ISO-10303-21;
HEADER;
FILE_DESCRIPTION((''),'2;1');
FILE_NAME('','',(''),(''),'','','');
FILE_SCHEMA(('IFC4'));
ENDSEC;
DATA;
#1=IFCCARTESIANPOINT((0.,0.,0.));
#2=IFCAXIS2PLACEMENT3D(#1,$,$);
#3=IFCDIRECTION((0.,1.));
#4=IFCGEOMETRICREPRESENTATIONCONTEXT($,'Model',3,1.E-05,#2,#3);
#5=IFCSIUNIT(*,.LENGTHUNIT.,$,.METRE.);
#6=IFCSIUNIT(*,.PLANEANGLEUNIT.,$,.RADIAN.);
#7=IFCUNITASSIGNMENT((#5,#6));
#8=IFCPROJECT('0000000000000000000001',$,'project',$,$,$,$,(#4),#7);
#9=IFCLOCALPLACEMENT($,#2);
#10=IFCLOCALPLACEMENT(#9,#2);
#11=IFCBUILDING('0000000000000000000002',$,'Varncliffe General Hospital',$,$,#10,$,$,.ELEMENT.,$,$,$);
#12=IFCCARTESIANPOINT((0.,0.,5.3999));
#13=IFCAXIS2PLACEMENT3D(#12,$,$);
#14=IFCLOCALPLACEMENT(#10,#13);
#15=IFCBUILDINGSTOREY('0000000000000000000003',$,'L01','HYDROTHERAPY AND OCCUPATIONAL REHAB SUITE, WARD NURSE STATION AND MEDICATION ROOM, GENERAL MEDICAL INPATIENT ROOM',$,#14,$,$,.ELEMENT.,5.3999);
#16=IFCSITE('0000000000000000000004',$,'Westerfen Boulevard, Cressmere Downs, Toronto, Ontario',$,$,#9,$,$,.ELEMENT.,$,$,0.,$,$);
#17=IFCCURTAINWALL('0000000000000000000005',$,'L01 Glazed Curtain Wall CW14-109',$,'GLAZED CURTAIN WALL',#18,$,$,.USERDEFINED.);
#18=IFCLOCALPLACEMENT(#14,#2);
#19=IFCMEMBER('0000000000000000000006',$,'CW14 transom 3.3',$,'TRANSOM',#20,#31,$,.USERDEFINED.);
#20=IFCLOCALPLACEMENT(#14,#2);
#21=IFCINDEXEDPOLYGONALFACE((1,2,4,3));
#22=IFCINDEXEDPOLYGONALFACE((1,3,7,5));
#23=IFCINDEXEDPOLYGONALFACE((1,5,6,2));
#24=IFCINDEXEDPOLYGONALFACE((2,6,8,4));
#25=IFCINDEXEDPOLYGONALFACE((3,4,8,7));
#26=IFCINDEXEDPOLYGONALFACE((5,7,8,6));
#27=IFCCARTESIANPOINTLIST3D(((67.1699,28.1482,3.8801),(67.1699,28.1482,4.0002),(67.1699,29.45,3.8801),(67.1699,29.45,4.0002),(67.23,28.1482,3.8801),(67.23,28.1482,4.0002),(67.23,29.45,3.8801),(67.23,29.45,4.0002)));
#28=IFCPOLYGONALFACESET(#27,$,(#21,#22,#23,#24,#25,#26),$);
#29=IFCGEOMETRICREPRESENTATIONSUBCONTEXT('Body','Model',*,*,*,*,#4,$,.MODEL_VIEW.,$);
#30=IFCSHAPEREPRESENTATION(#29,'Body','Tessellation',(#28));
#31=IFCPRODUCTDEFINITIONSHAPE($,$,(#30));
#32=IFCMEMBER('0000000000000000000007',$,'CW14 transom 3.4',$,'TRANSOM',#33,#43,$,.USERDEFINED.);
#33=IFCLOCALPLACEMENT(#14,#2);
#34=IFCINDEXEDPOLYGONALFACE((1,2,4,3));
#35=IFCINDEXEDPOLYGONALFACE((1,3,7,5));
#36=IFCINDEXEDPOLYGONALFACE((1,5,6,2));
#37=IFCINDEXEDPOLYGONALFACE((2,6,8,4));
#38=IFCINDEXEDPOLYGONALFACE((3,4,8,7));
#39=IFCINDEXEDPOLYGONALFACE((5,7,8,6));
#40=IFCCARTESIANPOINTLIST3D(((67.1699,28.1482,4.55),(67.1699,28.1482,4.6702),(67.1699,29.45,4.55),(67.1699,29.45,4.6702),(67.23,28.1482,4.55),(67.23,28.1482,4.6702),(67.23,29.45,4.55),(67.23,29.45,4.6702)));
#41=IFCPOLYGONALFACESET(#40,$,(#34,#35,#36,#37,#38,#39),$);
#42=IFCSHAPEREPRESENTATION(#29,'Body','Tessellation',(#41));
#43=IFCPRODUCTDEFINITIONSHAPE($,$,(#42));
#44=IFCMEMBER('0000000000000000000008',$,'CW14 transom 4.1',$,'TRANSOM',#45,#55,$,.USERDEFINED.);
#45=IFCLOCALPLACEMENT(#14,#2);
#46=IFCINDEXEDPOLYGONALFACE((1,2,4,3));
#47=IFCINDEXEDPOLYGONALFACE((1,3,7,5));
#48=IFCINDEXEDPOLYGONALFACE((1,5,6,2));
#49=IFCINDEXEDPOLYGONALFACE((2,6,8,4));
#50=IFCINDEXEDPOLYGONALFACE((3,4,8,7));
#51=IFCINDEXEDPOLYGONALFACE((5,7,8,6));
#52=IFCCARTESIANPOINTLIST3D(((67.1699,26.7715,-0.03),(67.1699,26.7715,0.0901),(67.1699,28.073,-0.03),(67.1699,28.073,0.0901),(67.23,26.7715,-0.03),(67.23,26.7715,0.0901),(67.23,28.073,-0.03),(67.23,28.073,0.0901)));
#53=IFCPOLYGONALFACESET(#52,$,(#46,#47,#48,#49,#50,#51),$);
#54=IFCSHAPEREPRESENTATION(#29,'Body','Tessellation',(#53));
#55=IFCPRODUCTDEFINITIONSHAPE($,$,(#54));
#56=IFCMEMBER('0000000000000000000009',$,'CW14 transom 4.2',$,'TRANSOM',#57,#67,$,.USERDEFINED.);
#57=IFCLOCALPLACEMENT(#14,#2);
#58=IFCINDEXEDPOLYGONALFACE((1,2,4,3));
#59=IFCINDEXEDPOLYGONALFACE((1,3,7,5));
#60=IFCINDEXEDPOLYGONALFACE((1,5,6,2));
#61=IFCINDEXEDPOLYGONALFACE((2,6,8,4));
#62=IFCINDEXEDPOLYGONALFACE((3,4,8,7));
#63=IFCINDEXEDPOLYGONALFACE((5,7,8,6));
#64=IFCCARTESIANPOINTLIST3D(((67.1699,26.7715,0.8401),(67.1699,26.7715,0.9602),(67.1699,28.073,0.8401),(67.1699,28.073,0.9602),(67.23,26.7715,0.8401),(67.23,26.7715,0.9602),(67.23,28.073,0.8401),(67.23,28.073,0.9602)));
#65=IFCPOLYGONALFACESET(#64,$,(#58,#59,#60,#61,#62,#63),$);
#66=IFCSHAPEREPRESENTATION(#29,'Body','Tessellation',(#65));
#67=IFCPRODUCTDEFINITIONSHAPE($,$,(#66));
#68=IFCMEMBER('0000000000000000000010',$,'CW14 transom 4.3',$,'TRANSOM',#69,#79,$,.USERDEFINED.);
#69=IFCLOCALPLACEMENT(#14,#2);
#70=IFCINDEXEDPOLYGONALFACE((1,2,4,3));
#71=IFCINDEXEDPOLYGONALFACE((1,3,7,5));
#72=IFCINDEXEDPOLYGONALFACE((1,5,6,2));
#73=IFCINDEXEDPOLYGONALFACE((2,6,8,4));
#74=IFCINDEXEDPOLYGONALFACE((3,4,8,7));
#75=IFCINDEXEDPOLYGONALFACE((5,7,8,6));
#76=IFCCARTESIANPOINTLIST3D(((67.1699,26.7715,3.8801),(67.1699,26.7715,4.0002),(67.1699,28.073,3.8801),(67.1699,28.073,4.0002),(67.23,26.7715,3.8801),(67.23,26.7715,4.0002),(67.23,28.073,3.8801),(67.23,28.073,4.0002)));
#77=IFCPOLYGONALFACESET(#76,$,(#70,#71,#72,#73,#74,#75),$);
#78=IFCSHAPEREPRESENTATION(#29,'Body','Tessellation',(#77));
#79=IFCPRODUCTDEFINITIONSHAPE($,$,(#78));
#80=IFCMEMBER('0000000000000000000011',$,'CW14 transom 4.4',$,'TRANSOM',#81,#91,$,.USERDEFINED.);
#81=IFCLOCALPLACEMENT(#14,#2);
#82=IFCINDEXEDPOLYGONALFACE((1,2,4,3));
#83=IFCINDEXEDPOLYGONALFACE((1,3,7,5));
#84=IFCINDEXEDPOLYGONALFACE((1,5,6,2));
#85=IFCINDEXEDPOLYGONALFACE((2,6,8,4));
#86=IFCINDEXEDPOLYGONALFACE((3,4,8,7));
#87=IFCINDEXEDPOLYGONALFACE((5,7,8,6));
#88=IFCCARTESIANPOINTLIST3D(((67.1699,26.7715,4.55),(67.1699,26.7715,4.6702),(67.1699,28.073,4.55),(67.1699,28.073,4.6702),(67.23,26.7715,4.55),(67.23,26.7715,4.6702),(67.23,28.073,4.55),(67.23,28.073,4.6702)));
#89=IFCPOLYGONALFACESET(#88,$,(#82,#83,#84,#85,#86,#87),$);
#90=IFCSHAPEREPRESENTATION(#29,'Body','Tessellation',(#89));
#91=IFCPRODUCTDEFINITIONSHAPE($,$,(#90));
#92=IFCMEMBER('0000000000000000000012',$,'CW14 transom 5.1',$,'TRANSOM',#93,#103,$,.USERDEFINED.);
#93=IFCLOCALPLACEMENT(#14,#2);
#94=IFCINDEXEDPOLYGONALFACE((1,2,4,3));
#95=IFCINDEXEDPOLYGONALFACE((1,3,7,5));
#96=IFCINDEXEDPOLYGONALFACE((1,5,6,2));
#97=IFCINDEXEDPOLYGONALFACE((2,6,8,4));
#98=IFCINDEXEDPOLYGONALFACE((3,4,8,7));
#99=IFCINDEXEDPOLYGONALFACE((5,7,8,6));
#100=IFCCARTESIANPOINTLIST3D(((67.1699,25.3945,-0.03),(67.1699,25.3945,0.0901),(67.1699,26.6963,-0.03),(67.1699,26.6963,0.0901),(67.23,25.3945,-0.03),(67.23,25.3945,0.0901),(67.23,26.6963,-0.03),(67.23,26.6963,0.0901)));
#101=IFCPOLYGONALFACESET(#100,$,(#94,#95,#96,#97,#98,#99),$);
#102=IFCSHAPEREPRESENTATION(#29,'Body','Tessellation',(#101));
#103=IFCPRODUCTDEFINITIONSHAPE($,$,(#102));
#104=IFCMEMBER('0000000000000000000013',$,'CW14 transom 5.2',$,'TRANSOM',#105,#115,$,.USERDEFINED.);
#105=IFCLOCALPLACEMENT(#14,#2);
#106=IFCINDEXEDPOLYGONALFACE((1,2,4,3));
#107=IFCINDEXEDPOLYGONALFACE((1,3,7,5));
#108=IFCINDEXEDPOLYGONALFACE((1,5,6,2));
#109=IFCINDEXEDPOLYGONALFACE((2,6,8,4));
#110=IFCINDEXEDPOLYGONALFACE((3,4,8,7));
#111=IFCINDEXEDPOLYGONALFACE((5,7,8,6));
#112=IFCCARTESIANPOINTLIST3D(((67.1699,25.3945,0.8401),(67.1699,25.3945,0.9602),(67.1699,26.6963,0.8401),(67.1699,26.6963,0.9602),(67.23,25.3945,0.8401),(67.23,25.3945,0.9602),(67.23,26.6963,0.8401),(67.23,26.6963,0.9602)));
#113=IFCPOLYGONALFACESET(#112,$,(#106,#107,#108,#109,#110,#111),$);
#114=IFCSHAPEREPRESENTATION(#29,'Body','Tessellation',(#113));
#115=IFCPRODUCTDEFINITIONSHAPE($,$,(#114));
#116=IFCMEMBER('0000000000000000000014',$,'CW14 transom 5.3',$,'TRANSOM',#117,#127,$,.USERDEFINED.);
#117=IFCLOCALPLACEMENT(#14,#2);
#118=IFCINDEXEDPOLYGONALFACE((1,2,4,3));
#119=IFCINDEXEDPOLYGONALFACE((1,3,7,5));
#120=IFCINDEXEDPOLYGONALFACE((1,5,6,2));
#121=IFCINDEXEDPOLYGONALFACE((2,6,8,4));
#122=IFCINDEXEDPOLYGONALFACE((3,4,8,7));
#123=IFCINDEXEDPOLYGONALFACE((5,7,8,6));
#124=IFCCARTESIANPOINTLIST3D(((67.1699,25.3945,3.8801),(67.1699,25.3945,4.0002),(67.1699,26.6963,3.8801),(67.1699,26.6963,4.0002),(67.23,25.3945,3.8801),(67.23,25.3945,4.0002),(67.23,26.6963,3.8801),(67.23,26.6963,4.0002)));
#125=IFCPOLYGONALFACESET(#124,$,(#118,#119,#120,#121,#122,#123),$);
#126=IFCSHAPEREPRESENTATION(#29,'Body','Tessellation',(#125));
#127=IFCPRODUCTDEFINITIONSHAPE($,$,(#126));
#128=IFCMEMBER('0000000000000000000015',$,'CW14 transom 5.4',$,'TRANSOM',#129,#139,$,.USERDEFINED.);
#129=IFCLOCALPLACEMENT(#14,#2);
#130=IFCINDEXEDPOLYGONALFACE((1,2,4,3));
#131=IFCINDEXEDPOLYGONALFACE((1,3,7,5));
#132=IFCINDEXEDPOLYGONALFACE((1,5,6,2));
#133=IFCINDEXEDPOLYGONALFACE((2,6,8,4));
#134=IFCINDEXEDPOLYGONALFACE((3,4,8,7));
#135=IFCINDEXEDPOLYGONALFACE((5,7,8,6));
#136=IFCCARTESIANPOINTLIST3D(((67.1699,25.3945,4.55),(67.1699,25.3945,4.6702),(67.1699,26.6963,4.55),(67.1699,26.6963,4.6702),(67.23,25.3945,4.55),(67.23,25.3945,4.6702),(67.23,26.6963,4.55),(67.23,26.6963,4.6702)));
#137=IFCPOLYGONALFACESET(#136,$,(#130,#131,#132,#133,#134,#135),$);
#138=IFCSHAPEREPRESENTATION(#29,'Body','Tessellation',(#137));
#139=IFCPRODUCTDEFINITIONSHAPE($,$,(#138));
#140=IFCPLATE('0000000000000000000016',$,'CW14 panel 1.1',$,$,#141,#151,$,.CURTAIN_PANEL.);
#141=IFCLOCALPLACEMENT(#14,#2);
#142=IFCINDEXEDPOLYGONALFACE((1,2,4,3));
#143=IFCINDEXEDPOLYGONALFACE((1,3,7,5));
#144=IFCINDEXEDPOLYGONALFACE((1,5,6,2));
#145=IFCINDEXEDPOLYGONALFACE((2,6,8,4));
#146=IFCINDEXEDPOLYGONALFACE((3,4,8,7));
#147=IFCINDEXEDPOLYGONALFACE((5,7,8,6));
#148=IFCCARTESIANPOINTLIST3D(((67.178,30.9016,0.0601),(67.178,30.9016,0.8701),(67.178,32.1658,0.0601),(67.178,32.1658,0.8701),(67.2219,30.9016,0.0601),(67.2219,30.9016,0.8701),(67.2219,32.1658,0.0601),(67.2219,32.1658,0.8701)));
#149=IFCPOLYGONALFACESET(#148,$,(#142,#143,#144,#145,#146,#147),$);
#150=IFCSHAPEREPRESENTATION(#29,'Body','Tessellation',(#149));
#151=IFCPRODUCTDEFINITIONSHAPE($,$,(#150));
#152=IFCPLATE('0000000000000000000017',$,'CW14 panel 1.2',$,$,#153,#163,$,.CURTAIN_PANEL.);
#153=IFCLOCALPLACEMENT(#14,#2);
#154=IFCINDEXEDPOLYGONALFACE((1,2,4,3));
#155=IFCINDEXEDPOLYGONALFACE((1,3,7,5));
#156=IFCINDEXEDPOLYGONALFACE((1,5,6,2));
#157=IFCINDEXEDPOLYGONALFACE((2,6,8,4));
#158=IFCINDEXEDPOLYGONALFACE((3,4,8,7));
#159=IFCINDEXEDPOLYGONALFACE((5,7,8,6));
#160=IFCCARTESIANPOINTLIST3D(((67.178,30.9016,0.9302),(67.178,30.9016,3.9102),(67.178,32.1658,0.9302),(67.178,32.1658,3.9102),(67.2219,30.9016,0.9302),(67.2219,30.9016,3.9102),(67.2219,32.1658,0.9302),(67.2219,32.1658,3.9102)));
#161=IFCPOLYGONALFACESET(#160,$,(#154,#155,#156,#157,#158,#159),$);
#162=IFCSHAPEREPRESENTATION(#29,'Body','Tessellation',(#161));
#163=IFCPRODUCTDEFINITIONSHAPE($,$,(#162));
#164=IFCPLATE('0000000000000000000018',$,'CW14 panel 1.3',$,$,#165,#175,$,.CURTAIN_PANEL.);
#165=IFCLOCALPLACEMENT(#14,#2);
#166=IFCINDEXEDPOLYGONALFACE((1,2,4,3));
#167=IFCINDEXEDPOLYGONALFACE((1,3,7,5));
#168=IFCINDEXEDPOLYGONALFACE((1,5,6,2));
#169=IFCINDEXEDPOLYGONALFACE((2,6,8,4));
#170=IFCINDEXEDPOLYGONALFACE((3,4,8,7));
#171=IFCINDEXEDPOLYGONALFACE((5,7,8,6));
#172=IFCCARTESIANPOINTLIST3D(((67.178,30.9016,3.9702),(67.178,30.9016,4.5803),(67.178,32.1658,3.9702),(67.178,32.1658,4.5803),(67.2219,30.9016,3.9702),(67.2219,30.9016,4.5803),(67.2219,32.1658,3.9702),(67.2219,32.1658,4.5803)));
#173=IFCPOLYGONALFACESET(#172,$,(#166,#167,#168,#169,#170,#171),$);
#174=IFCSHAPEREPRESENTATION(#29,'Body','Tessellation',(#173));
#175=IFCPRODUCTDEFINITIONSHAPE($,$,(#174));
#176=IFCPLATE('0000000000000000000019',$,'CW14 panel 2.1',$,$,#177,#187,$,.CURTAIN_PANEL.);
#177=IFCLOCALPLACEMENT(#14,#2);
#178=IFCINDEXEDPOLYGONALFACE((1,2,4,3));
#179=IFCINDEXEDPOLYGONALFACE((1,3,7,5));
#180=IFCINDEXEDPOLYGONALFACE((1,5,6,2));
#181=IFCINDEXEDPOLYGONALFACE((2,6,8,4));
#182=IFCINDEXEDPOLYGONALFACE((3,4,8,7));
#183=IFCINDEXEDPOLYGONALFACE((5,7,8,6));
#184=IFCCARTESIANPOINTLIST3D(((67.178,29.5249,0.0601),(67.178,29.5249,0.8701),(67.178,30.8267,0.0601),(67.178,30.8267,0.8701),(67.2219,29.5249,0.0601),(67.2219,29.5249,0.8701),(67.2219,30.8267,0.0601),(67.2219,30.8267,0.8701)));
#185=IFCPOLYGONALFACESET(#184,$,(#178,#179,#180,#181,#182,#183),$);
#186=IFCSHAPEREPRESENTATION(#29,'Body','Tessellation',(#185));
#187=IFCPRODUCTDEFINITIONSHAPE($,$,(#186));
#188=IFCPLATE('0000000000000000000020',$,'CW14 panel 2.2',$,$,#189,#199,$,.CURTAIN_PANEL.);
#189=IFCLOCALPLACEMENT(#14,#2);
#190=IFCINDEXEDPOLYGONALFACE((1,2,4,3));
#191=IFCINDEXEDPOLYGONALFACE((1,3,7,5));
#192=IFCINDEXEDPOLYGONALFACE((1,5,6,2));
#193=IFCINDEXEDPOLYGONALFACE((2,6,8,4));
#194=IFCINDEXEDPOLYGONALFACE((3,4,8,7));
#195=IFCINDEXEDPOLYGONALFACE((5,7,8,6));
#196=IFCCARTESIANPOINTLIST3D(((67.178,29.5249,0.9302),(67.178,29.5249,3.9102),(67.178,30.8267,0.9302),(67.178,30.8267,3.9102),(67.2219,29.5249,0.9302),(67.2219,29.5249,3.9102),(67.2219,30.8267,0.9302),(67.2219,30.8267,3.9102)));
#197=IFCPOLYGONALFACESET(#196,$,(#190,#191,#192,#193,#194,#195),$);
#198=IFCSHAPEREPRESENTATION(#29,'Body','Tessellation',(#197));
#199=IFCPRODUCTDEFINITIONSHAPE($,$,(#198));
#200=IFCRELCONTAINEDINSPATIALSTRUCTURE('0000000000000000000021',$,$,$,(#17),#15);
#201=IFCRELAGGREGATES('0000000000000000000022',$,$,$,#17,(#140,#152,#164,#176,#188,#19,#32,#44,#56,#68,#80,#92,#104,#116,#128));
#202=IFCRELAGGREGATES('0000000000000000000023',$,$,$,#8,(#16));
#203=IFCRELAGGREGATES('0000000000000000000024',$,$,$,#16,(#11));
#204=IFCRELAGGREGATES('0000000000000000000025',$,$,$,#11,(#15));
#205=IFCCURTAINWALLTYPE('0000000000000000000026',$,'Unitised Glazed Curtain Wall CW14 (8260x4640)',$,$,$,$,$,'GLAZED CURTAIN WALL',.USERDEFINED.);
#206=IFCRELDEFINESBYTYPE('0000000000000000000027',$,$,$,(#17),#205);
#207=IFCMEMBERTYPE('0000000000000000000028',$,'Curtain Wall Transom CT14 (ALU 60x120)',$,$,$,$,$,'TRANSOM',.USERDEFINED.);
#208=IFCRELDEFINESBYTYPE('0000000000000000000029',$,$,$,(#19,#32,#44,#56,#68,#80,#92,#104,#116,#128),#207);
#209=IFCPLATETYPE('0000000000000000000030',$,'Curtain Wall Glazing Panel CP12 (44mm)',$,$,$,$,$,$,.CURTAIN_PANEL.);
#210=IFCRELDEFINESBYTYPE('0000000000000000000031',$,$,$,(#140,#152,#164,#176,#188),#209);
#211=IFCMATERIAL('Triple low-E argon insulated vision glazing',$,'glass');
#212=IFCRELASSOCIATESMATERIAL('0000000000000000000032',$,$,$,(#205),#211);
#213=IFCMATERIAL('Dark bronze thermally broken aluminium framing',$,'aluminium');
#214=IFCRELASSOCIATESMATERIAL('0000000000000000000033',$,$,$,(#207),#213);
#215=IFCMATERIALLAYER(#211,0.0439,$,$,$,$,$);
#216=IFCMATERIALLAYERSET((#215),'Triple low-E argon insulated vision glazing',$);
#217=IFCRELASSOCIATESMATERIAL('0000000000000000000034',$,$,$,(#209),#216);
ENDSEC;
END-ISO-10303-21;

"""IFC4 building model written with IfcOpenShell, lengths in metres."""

from ifc_helpers import new_model, si_unit, direction, frame, origin, origin_2d, place, context, subcontext, project, spatial, rectangle, extrude, material, layer, layer_set, material_profile, profile_set, type_object, element, aggregate, save


model = new_model("IFC4")

# Units and contexts
model_context = context("Model", 3, precision=1e-05, world=origin(), true_north=direction((0.0, 1.0)))
body_context = subcontext(model_context, "Body", "Model", "MODEL_VIEW")
ifc_project = project(units=[si_unit("LENGTHUNIT", "METRE"), si_unit("PLANEANGLEUNIT", "RADIAN")], contexts=[model_context])

# Site, building, storey
site_placement = place(None, origin())
site = spatial("IfcSite", under=ifc_project, at=site_placement, Name="Westerfen Boulevard, Cressmere Downs, Toronto, Ontario", CompositionType="ELEMENT", RefElevation=0.0)
building_placement = place(site_placement, origin())
building = spatial("IfcBuilding", under=site, at=building_placement, Name="Varncliffe General Hospital", CompositionType="ELEMENT")
storey_placement = place(building_placement, frame((0.0, 0.0, 5.3999)))
storey = spatial("IfcBuildingStorey", under=building, at=storey_placement, Name="L01", Description="HYDROTHERAPY AND OCCUPATIONAL REHAB SUITE, WARD NURSE STATION AND MEDICATION ROOM, GENERAL MEDICAL INPATIENT ROOM", CompositionType="ELEMENT", Elevation=5.3999)

# Curtain wall, members, plates
ifc_material_1 = material(Name="Triple low-E argon insulated vision glazing", Category="glass")
curtain_wall_type = type_object("IfcCurtainWallType", Name="Unitised Glazed Curtain Wall CW14 (8260x4640)", ElementType="GLAZED CURTAIN WALL", PredefinedType="USERDEFINED", material=ifc_material_1)
curtain_wall_placement = place(storey_placement, origin())
curtain_wall = element("IfcCurtainWall", 1, at=curtain_wall_placement, inside=storey, type_object=curtain_wall_type, Name="L01 Glazed Curtain Wall CW14-109", ObjectType="GLAZED CURTAIN WALL", PredefinedType="USERDEFINED")
ifc_material_2 = material(Name="Dark bronze thermally broken aluminium framing", Category="aluminium")
ifc_material_profile_1 = material_profile(ifc_material_2, rectangle(XDim=0.0601, YDim=0.1201, at=origin_2d()), Name="ALU 60x120")
ifc_profile_set_1 = profile_set([ifc_material_profile_1], Name="Dark bronze thermally broken aluminium framing")
member_type_1 = type_object("IfcMemberType", Name="Curtain Wall Transom CT14 (ALU 60x120)", ElementType="TRANSOM", PredefinedType="USERDEFINED", material=ifc_profile_set_1)
member_1_placement = place(storey_placement, frame((67.2, 29.45, 3.9402), z_axis=(0.0, -1.0, 0.0), x_axis=(1.0, 0.0, 0.0)))
member_1 = element("IfcMember", 2, at=member_1_placement, type_object=member_type_1, Name="CW14 transom 3.3", ObjectType="TRANSOM", PredefinedType="USERDEFINED", context=body_context, shape_type="SweptSolid", body=[
    extrude(rectangle(XDim=0.0601, YDim=0.1201, at=origin_2d()), origin(), (0.0, 0.0, 1.0), 1.3018),
])
member_2_placement = place(storey_placement, frame((67.2, 29.45, 4.6101), z_axis=(0.0, -1.0, 0.0), x_axis=(1.0, 0.0, 0.0)))
member_2 = element("IfcMember", 3, at=member_2_placement, type_object=member_type_1, Name="CW14 transom 3.4", ObjectType="TRANSOM", PredefinedType="USERDEFINED", context=body_context, shape_type="SweptSolid", body=[
    extrude(rectangle(XDim=0.0601, YDim=0.1201, at=origin_2d()), origin(), (0.0, 0.0, 1.0), 1.3018),
])
member_3_placement = place(storey_placement, frame((67.2, 28.073, 0.03), z_axis=(0.0, -1.0, 0.0), x_axis=(1.0, 0.0, 0.0)))
member_3 = element("IfcMember", 4, at=member_3_placement, type_object=member_type_1, Name="CW14 transom 4.1", ObjectType="TRANSOM", PredefinedType="USERDEFINED", context=body_context, shape_type="SweptSolid", body=[
    extrude(rectangle(XDim=0.0601, YDim=0.1201, at=origin_2d()), origin(), (0.0, 0.0, 1.0), 1.3015),
])
member_4_placement = place(storey_placement, frame((67.2, 28.073, 0.9001), z_axis=(0.0, -1.0, 0.0), x_axis=(1.0, 0.0, 0.0)))
member_4 = element("IfcMember", 5, at=member_4_placement, type_object=member_type_1, Name="CW14 transom 4.2", ObjectType="TRANSOM", PredefinedType="USERDEFINED", context=body_context, shape_type="SweptSolid", body=[
    extrude(rectangle(XDim=0.0601, YDim=0.1201, at=origin_2d()), origin(), (0.0, 0.0, 1.0), 1.3015),
])
member_5_placement = place(storey_placement, frame((67.2, 28.073, 3.9402), z_axis=(0.0, -1.0, 0.0), x_axis=(1.0, 0.0, 0.0)))
member_5 = element("IfcMember", 6, at=member_5_placement, type_object=member_type_1, Name="CW14 transom 4.3", ObjectType="TRANSOM", PredefinedType="USERDEFINED", context=body_context, shape_type="SweptSolid", body=[
    extrude(rectangle(XDim=0.0601, YDim=0.1201, at=origin_2d()), origin(), (0.0, 0.0, 1.0), 1.3015),
])
member_6_placement = place(storey_placement, frame((67.2, 28.073, 4.6101), z_axis=(0.0, -1.0, 0.0), x_axis=(1.0, 0.0, 0.0)))
member_6 = element("IfcMember", 7, at=member_6_placement, type_object=member_type_1, Name="CW14 transom 4.4", ObjectType="TRANSOM", PredefinedType="USERDEFINED", context=body_context, shape_type="SweptSolid", body=[
    extrude(rectangle(XDim=0.0601, YDim=0.1201, at=origin_2d()), origin(), (0.0, 0.0, 1.0), 1.3015),
])
member_7_placement = place(storey_placement, frame((67.2, 26.6963, 0.03), z_axis=(0.0, -1.0, 0.0), x_axis=(1.0, 0.0, 0.0)))
member_7 = element("IfcMember", 8, at=member_7_placement, type_object=member_type_1, Name="CW14 transom 5.1", ObjectType="TRANSOM", PredefinedType="USERDEFINED", context=body_context, shape_type="SweptSolid", body=[
    extrude(rectangle(XDim=0.0601, YDim=0.1201, at=origin_2d()), origin(), (0.0, 0.0, 1.0), 1.3018),
])
member_8_placement = place(storey_placement, frame((67.2, 26.6963, 0.9001), z_axis=(0.0, -1.0, 0.0), x_axis=(1.0, 0.0, 0.0)))
member_8 = element("IfcMember", 9, at=member_8_placement, type_object=member_type_1, Name="CW14 transom 5.2", ObjectType="TRANSOM", PredefinedType="USERDEFINED", context=body_context, shape_type="SweptSolid", body=[
    extrude(rectangle(XDim=0.0601, YDim=0.1201, at=origin_2d()), origin(), (0.0, 0.0, 1.0), 1.3018),
])
member_9_placement = place(storey_placement, frame((67.2, 26.6963, 3.9402), z_axis=(0.0, -1.0, 0.0), x_axis=(1.0, 0.0, 0.0)))
member_9 = element("IfcMember", 10, at=member_9_placement, type_object=member_type_1, Name="CW14 transom 5.3", ObjectType="TRANSOM", PredefinedType="USERDEFINED", context=body_context, shape_type="SweptSolid", body=[
    extrude(rectangle(XDim=0.0601, YDim=0.1201, at=origin_2d()), origin(), (0.0, 0.0, 1.0), 1.3018),
])
member_10_placement = place(storey_placement, frame((67.2, 26.6963, 4.6101), z_axis=(0.0, -1.0, 0.0), x_axis=(1.0, 0.0, 0.0)))
member_10 = element("IfcMember", 11, at=member_10_placement, type_object=member_type_1, Name="CW14 transom 5.4", ObjectType="TRANSOM", PredefinedType="USERDEFINED", context=body_context, shape_type="SweptSolid", body=[
    extrude(rectangle(XDim=0.0601, YDim=0.1201, at=origin_2d()), origin(), (0.0, 0.0, 1.0), 1.3018),
])
ifc_layer = layer(ifc_material_1, 0.0439)
ifc_layer_set = layer_set([ifc_layer], Name="Triple low-E argon insulated vision glazing")
plate_type = type_object("IfcPlateType", Name="Curtain Wall Glazing Panel CP12 (44mm)", PredefinedType="CURTAIN_PANEL", material=ifc_layer_set)
plate_1_placement = place(storey_placement, frame((67.2, 31.5337, 0.0601), z_axis=(0.0, 0.0, 1.0), x_axis=(0.0, -1.0, 0.0)))
plate_1 = element("IfcPlate", 12, at=plate_1_placement, type_object=plate_type, Name="CW14 panel 1.1", PredefinedType="CURTAIN_PANEL", context=body_context, shape_type="SweptSolid", body=[
    extrude(rectangle(XDim=1.2642, YDim=0.0439, at=origin_2d()), origin(), (0.0, 0.0, 1.0), 0.8101),
])
plate_2_placement = place(storey_placement, frame((67.2, 31.5337, 0.9302), z_axis=(0.0, 0.0, 1.0), x_axis=(0.0, -1.0, 0.0)))
plate_2 = element("IfcPlate", 13, at=plate_2_placement, type_object=plate_type, Name="CW14 panel 1.2", PredefinedType="CURTAIN_PANEL", context=body_context, shape_type="SweptSolid", body=[
    extrude(rectangle(XDim=1.2642, YDim=0.0439, at=origin_2d()), origin(), (0.0, 0.0, 1.0), 2.98),
])
plate_3_placement = place(storey_placement, frame((67.2, 31.5337, 3.9702), z_axis=(0.0, 0.0, 1.0), x_axis=(0.0, -1.0, 0.0)))
plate_3 = element("IfcPlate", 14, at=plate_3_placement, type_object=plate_type, Name="CW14 panel 1.3", PredefinedType="CURTAIN_PANEL", context=body_context, shape_type="SweptSolid", body=[
    extrude(rectangle(XDim=1.2642, YDim=0.0439, at=origin_2d()), origin(), (0.0, 0.0, 1.0), 0.6101),
])
plate_4_placement = place(storey_placement, frame((67.2, 30.1758, 0.0601), z_axis=(0.0, 0.0, 1.0), x_axis=(0.0, -1.0, 0.0)))
plate_4 = element("IfcPlate", 15, at=plate_4_placement, type_object=plate_type, Name="CW14 panel 2.1", PredefinedType="CURTAIN_PANEL", context=body_context, shape_type="SweptSolid", body=[
    extrude(rectangle(XDim=1.3018, YDim=0.0439, at=origin_2d()), origin(), (0.0, 0.0, 1.0), 0.8101),
])
plate_5_placement = place(storey_placement, frame((67.2, 30.1758, 0.9302), z_axis=(0.0, 0.0, 1.0), x_axis=(0.0, -1.0, 0.0)))
plate_5 = element("IfcPlate", 16, at=plate_5_placement, type_object=plate_type, Name="CW14 panel 2.2", PredefinedType="CURTAIN_PANEL", context=body_context, shape_type="SweptSolid", body=[
    extrude(rectangle(XDim=1.3018, YDim=0.0439, at=origin_2d()), origin(), (0.0, 0.0, 1.0), 2.98),
])
aggregate(curtain_wall, [plate_1, plate_2, plate_3, plate_4, plate_5, member_1, member_2, member_3, member_4, member_5, member_6, member_7, member_8, member_9, member_10])

save(model, "model.ifc")
